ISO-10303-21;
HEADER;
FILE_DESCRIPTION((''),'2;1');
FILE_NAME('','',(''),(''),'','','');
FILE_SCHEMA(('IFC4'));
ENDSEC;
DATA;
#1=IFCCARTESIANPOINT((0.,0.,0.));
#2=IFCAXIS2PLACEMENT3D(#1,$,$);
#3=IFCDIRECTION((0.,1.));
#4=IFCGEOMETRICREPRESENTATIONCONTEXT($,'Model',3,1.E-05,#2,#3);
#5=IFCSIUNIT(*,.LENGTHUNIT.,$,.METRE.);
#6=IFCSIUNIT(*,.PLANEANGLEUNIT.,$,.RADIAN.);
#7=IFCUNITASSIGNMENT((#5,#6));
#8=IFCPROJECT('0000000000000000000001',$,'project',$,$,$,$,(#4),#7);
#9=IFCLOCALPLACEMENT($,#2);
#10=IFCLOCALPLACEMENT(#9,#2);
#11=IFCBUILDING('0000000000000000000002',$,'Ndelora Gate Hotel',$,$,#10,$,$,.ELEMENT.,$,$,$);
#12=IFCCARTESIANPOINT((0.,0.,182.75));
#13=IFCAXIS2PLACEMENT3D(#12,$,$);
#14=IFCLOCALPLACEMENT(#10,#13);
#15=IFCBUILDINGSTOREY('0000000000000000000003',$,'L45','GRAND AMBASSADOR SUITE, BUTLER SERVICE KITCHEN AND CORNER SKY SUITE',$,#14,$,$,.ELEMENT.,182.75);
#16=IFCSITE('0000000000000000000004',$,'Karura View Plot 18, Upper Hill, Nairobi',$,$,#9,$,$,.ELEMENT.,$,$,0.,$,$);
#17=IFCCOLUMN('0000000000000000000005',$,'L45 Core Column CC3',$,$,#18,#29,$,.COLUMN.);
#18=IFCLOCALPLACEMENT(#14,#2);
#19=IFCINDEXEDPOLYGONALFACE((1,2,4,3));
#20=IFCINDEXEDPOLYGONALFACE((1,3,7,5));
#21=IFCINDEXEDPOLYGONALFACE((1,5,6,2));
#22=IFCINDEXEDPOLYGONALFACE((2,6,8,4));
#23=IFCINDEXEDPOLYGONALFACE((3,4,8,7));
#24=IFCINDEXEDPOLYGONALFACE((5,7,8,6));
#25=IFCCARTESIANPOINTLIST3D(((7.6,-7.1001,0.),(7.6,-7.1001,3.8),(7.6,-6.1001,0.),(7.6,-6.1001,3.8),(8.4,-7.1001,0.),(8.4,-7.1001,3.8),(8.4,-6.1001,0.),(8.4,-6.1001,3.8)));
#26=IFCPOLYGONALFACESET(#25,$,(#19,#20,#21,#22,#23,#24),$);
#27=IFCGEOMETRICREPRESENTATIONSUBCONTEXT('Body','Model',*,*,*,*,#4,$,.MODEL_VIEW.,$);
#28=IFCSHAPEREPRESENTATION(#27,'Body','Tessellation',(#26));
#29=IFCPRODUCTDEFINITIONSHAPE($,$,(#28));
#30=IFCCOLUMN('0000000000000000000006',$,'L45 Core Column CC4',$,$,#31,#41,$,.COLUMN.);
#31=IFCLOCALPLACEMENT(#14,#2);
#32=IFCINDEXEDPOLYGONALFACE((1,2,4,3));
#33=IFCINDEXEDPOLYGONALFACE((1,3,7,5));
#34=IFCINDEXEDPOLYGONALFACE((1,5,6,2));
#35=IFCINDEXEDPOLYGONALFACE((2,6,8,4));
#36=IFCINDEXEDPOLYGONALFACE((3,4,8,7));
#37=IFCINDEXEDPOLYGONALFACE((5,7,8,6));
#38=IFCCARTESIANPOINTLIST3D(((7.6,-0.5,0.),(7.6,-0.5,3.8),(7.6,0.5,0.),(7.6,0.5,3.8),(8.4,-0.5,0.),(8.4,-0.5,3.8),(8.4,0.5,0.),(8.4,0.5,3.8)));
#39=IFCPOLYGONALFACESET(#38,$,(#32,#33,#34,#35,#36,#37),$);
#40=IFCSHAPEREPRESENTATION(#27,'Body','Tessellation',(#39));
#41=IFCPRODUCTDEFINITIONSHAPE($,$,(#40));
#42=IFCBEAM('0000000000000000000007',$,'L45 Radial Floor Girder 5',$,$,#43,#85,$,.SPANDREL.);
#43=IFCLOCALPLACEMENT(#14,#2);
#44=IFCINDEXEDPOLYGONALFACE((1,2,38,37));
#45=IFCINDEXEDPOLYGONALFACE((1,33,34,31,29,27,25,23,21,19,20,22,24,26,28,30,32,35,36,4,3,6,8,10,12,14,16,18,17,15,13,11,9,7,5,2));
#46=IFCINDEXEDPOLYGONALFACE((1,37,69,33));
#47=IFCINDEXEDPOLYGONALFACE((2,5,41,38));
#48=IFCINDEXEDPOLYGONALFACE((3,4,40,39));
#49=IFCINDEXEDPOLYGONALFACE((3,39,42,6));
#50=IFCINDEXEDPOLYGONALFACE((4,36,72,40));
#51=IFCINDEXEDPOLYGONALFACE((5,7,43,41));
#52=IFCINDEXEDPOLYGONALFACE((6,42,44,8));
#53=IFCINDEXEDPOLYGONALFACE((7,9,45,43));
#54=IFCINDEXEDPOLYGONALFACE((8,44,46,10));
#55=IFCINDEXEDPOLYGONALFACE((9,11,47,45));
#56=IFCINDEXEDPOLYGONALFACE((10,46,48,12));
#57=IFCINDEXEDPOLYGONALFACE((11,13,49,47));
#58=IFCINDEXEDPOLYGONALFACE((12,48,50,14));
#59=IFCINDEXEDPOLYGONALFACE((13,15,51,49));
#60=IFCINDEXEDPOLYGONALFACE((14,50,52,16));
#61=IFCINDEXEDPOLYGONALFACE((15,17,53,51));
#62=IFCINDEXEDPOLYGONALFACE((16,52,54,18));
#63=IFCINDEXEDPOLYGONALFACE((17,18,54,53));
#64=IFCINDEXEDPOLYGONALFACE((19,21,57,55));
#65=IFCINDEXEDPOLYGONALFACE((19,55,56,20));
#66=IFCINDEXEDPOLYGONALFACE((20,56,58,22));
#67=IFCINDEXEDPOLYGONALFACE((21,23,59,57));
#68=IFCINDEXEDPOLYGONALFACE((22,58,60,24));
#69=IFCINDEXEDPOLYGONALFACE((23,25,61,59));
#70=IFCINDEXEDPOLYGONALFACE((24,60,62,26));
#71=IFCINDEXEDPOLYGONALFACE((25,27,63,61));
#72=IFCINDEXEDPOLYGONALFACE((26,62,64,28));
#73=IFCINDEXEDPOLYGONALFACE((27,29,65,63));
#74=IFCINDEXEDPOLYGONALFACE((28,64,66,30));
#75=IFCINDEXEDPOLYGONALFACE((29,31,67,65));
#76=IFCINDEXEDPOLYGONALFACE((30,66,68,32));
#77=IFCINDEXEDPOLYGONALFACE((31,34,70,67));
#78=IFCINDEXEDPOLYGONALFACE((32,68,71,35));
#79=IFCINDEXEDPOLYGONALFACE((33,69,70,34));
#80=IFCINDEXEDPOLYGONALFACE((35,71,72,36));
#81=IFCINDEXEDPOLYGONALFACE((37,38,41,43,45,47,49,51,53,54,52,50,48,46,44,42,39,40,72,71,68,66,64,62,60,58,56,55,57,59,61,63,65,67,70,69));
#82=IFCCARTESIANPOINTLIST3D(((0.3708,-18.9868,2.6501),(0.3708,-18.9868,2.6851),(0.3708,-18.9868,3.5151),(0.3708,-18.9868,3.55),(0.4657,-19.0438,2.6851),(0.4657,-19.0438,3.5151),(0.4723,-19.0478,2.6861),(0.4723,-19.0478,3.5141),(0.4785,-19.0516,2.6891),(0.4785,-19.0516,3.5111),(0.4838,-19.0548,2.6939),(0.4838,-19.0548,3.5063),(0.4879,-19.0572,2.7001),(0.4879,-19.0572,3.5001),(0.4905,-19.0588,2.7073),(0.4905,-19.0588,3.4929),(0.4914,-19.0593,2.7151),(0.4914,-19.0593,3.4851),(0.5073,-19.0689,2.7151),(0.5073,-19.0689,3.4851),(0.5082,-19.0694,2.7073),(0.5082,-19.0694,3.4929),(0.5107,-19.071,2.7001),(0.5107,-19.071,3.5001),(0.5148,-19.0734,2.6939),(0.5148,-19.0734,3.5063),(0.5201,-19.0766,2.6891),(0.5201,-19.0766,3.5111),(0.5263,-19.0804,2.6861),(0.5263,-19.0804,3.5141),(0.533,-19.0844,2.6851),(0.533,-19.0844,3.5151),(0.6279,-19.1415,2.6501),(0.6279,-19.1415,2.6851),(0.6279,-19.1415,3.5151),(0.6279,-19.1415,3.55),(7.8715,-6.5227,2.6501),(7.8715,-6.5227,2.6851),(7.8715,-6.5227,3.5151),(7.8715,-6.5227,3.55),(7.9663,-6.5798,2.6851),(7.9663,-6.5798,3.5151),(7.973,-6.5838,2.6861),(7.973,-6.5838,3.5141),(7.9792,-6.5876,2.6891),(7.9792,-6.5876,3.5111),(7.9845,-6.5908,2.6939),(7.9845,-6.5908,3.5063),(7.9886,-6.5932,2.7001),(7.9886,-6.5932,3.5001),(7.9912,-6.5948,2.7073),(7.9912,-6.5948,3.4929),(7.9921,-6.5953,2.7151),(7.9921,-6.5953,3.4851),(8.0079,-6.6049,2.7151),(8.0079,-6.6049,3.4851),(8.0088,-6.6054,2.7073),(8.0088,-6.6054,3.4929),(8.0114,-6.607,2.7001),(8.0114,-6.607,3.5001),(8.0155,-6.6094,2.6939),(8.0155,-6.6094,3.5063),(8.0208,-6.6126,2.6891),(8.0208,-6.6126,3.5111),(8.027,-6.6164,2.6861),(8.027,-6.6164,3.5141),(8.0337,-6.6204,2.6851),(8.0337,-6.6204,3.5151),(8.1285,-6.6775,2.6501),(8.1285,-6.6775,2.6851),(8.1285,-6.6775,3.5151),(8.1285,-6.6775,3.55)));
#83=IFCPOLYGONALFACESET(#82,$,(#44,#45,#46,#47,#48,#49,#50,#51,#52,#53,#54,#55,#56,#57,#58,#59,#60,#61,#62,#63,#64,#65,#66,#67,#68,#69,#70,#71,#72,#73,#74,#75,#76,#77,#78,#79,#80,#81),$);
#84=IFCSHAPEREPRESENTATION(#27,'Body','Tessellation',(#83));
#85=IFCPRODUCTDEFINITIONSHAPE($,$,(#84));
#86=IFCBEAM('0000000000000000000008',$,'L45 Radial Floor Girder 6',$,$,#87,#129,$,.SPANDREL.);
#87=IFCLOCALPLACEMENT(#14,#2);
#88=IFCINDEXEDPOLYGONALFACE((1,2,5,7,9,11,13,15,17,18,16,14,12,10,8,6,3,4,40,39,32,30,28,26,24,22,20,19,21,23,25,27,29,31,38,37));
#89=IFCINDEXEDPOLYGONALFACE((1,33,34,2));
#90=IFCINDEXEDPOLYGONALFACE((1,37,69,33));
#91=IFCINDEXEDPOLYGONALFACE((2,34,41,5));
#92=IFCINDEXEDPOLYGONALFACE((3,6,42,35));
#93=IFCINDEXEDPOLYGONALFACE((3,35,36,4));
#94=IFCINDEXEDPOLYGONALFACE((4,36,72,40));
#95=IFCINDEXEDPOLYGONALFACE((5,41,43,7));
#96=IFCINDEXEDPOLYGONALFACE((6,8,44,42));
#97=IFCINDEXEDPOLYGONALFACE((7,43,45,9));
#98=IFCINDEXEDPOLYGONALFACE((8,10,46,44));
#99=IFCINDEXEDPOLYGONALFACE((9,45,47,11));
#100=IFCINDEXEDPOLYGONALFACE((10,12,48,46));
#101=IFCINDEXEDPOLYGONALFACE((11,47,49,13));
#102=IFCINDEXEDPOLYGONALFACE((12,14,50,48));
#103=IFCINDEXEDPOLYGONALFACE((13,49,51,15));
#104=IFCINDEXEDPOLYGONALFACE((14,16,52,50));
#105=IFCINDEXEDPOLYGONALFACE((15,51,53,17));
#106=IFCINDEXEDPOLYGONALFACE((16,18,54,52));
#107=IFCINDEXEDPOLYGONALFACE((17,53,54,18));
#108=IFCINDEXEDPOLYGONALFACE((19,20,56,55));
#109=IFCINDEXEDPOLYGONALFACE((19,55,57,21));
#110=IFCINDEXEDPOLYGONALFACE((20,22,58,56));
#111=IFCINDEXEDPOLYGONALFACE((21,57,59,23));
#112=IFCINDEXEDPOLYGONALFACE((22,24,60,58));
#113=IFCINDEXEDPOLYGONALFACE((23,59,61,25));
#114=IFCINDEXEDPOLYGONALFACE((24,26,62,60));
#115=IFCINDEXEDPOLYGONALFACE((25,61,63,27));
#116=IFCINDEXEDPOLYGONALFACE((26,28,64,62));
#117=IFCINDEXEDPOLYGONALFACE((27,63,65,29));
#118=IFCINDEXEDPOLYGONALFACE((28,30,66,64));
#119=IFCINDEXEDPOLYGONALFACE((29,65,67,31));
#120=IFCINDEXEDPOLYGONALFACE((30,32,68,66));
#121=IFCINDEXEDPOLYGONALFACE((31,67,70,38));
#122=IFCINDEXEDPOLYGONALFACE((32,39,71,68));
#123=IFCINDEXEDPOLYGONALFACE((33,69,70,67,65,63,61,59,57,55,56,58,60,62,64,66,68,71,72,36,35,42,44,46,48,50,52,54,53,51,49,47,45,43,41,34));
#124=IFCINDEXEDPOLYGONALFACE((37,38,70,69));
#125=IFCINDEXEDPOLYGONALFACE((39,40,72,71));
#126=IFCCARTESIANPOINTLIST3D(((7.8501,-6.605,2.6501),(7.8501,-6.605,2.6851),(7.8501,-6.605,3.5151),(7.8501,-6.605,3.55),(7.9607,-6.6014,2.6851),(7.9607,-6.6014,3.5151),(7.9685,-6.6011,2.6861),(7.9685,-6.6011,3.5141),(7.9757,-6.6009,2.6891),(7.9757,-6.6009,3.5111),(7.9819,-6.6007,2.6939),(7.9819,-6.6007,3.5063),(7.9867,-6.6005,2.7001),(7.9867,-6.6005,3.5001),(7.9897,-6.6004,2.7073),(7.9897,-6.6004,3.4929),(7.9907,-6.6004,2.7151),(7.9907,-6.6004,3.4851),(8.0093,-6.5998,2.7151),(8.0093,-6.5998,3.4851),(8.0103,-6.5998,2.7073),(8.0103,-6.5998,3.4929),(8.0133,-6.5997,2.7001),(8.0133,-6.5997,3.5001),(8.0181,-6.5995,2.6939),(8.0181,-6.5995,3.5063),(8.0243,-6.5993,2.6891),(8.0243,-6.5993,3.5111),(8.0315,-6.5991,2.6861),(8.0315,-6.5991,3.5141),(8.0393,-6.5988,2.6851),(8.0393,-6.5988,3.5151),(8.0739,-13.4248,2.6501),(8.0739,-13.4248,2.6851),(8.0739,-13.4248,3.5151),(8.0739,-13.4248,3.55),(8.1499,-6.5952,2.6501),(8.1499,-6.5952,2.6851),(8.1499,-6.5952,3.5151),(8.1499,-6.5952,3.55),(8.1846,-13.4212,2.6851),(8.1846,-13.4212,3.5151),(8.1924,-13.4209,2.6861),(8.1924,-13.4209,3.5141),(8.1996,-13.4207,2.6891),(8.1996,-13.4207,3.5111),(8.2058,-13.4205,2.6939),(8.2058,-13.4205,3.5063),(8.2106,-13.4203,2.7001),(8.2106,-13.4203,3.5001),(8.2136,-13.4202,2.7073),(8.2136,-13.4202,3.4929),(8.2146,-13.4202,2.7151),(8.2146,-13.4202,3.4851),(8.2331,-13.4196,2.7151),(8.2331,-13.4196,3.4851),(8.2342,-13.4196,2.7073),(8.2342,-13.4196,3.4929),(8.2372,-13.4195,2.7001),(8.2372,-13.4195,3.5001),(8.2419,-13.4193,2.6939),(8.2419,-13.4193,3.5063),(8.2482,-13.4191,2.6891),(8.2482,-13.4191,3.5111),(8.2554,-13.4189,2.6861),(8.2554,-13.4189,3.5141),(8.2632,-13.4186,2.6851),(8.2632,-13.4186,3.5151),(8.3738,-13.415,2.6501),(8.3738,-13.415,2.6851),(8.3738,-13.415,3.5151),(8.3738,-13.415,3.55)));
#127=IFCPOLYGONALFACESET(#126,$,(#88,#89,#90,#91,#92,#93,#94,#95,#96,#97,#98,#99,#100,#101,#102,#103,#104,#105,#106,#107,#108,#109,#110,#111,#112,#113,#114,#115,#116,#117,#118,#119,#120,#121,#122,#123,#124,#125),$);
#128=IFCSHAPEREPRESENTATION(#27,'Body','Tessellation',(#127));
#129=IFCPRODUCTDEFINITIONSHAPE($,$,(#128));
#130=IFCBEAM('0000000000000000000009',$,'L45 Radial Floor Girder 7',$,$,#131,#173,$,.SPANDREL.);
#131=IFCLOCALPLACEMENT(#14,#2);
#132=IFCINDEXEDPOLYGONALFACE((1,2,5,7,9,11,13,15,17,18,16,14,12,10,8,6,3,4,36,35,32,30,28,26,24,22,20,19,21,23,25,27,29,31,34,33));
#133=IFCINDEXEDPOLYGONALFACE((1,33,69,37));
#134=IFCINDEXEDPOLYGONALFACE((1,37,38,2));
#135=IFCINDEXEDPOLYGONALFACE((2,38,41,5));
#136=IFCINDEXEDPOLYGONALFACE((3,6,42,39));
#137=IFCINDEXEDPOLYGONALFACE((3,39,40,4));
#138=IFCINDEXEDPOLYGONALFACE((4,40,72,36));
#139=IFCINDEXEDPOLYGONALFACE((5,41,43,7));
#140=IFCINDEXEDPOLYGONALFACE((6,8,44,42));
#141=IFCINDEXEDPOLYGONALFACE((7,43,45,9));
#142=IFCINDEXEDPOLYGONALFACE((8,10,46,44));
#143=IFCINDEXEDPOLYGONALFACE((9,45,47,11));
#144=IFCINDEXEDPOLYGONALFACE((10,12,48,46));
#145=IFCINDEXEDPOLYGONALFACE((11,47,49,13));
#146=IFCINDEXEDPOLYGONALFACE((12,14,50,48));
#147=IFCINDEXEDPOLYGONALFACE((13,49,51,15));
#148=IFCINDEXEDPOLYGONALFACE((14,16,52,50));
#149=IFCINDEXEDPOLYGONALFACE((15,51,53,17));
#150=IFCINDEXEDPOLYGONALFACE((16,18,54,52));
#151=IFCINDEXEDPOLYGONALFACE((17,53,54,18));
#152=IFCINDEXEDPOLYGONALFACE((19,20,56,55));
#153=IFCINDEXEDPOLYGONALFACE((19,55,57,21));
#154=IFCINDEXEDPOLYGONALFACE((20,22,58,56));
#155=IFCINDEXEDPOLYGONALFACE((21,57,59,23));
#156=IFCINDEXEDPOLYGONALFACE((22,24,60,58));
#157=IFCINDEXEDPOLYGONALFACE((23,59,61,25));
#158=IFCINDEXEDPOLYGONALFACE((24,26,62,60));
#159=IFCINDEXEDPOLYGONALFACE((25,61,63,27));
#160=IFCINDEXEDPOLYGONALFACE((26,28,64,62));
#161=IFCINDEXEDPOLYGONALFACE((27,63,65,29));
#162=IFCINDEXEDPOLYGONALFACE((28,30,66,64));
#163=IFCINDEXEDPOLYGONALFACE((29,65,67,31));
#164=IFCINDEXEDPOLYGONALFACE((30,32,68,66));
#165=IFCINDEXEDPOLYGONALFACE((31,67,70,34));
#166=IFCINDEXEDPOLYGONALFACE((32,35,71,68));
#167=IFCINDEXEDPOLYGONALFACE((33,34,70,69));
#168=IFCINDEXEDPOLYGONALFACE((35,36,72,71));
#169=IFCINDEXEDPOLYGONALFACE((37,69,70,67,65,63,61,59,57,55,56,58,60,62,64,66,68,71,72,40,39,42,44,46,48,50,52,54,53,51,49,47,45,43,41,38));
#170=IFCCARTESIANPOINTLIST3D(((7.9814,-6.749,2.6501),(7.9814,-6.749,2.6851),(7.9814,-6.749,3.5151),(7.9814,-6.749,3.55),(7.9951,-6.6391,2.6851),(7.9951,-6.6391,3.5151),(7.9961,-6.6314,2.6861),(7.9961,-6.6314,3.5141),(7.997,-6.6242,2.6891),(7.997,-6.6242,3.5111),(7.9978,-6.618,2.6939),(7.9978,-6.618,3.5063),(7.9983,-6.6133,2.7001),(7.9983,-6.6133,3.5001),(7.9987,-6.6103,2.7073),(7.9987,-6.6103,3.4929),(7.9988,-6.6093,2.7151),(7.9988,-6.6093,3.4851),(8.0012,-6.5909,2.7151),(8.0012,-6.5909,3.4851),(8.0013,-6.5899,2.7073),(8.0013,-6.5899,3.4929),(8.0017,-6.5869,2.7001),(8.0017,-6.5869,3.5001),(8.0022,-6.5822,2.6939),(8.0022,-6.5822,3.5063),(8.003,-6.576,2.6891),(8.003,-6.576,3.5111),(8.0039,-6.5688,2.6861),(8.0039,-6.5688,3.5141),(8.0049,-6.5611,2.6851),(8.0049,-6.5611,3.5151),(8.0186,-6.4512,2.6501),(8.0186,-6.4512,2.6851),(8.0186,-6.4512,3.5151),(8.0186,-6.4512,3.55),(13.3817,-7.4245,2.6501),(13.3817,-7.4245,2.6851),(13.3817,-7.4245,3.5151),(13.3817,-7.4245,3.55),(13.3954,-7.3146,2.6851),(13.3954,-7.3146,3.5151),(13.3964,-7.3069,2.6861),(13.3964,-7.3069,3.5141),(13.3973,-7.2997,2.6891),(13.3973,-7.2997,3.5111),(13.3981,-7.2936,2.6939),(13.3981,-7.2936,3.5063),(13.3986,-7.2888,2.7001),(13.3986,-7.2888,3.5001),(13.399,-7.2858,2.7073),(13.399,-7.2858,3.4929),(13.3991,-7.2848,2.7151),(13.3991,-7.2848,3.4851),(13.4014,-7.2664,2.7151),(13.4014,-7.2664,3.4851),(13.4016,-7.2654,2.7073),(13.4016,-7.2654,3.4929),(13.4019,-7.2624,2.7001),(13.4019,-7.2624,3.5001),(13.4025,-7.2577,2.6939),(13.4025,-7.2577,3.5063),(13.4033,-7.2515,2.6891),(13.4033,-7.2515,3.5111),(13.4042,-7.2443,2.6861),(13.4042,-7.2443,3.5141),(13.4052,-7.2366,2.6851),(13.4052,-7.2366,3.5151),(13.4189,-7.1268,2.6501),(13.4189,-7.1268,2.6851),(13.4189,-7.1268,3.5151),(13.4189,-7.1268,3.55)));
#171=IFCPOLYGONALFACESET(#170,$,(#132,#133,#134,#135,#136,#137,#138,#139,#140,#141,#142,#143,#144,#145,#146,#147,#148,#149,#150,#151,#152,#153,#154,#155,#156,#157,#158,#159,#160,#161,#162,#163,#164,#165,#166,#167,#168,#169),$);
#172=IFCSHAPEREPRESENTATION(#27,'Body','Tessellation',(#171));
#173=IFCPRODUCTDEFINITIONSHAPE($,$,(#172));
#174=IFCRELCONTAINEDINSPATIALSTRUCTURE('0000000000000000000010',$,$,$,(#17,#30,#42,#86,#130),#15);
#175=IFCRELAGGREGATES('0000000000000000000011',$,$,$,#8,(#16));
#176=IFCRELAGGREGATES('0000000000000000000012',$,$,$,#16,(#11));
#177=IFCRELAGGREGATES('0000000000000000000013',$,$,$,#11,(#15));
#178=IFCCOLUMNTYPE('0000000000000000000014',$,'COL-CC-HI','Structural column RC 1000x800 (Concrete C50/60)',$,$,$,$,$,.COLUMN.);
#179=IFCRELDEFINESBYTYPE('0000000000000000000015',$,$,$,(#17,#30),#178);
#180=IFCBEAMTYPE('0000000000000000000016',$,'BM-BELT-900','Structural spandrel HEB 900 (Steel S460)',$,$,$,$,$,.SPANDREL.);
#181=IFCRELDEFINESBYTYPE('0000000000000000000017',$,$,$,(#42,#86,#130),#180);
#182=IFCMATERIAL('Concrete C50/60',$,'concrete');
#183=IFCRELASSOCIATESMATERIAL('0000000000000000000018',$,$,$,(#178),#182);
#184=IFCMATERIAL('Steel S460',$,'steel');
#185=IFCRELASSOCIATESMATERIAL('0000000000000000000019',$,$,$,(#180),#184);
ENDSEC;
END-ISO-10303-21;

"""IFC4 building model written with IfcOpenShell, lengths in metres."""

from ifc_helpers import new_model, si_unit, direction, frame, origin, origin_2d, place, context, subcontext, project, spatial, rectangle, i_section, extrude, material, material_profile, profile_set, type_object, element, save


model = new_model("IFC4")

# Units and contexts
model_context = context("Model", 3, precision=1e-05, world=origin(), true_north=direction((0.0, 1.0)))
body_context = subcontext(model_context, "Body", "Model", "MODEL_VIEW")
ifc_project = project(units=[si_unit("LENGTHUNIT", "METRE"), si_unit("PLANEANGLEUNIT", "RADIAN")], contexts=[model_context])

# Site, building, storey
site_placement = place(None, origin())
site = spatial("IfcSite", under=ifc_project, at=site_placement, Name="Karura View Plot 18, Upper Hill, Nairobi", CompositionType="ELEMENT", RefElevation=0.0)
building_placement = place(site_placement, origin())
building = spatial("IfcBuilding", under=site, at=building_placement, Name="Ndelora Gate Hotel", CompositionType="ELEMENT")
storey_placement = place(building_placement, frame((0.0, 0.0, 182.75)))
storey = spatial("IfcBuildingStorey", under=building, at=storey_placement, Name="L45", Description="GRAND AMBASSADOR SUITE, BUTLER SERVICE KITCHEN AND CORNER SKY SUITE", CompositionType="ELEMENT", Elevation=182.75)

# Columns
ifc_material_1 = material(Name="Concrete C50/60", Category="concrete")
ifc_material_profile_1 = material_profile(ifc_material_1, rectangle(XDim=0.8, YDim=1.0, at=origin_2d()), Name="RC 1000x800")
ifc_profile_set_1 = profile_set([ifc_material_profile_1], Name="Concrete C50/60")
column_type = type_object("IfcColumnType", Name="COL-CC-HI", Description="Structural column RC 1000x800 (Concrete C50/60)", PredefinedType="COLUMN", material=ifc_profile_set_1)
for number, where, z_axis, x_axis, name in (
    (1, (8.0, -6.6001, 0.0), (0.0, 0.0, 1.0), (1.0, 0.0, 0.0), "L45 Core Column CC3"),
    (2, (8.0, 0.0, 0.0), (0.0, 0.0, 1.0), (1.0, 0.0, 0.0), "L45 Core Column CC4"),
):
    element("IfcColumn", number, at=place(storey_placement, frame(where, z_axis=z_axis, x_axis=x_axis)), inside=storey, type_object=column_type, Name=name, PredefinedType="COLUMN", context=body_context, shape_type="SweptSolid", body=[
        extrude(rectangle(XDim=0.8, YDim=1.0, at=origin_2d()), origin(), (0.0, 0.0, 1.0), 3.8),
    ])

# Beams
ifc_material_2 = material(Name="Steel S460", Category="steel")
ifc_material_profile_2 = material_profile(ifc_material_2, i_section(OverallWidth=0.3, OverallDepth=0.8999, WebThickness=0.0186, FlangeThickness=0.0349, FilletRadius=0.03, at=origin_2d()), Name="HEB 900")
ifc_profile_set_2 = profile_set([ifc_material_profile_2], Name="Steel S460")
beam_type_1 = type_object("IfcBeamType", Name="BM-BELT-900", Description="Structural spandrel HEB 900 (Steel S460)", PredefinedType="SPANDREL", material=ifc_profile_set_2)
beam_1_placement = place(storey_placement, frame((8.0, -6.6001, 3.1001), z_axis=(-0.515621, -0.856817, 0.0), x_axis=(0.856817, -0.515621, 0.0)))
element("IfcBeam", 3, at=beam_1_placement, inside=storey, type_object=beam_type_1, Name="L45 Radial Floor Girder 5", PredefinedType="SPANDREL", context=body_context, shape_type="SweptSolid", body=[
    extrude(i_section(OverallWidth=0.3, OverallDepth=0.8999, WebThickness=0.0186, FlangeThickness=0.0349, FilletRadius=0.03, at=origin_2d()), origin(), (0.0, 0.0, 1.0), 14.5469),
])
beam_2_placement = place(storey_placement, frame((8.0, -6.6001, 3.1001), z_axis=(0.03281, -0.999462, 0.0), x_axis=(0.999462, 0.03281, 0.0)))
element("IfcBeam", 4, at=beam_2_placement, inside=storey, type_object=beam_type_1, Name="L45 Radial Floor Girder 6", PredefinedType="SPANDREL", context=body_context, shape_type="SweptSolid", body=[
    extrude(i_section(OverallWidth=0.3, OverallDepth=0.8999, WebThickness=0.0186, FlangeThickness=0.0349, FilletRadius=0.03, at=origin_2d()), origin(), (0.0, 0.0, 1.0), 6.8235),
])
beam_3_placement = place(storey_placement, frame((8.0, -6.6001, 3.1001), z_axis=(0.992267, -0.124123, 0.0), x_axis=(0.124123, 0.992267, 0.0)))
element("IfcBeam", 5, at=beam_3_placement, inside=storey, type_object=beam_type_1, Name="L45 Radial Floor Girder 7", PredefinedType="SPANDREL", context=body_context, shape_type="SweptSolid", body=[
    extrude(i_section(OverallWidth=0.3, OverallDepth=0.8999, WebThickness=0.0186, FlangeThickness=0.0349, FilletRadius=0.03, at=origin_2d()), origin(), (0.0, 0.0, 1.0), 5.4424),
])

save(model, "model.ifc")
